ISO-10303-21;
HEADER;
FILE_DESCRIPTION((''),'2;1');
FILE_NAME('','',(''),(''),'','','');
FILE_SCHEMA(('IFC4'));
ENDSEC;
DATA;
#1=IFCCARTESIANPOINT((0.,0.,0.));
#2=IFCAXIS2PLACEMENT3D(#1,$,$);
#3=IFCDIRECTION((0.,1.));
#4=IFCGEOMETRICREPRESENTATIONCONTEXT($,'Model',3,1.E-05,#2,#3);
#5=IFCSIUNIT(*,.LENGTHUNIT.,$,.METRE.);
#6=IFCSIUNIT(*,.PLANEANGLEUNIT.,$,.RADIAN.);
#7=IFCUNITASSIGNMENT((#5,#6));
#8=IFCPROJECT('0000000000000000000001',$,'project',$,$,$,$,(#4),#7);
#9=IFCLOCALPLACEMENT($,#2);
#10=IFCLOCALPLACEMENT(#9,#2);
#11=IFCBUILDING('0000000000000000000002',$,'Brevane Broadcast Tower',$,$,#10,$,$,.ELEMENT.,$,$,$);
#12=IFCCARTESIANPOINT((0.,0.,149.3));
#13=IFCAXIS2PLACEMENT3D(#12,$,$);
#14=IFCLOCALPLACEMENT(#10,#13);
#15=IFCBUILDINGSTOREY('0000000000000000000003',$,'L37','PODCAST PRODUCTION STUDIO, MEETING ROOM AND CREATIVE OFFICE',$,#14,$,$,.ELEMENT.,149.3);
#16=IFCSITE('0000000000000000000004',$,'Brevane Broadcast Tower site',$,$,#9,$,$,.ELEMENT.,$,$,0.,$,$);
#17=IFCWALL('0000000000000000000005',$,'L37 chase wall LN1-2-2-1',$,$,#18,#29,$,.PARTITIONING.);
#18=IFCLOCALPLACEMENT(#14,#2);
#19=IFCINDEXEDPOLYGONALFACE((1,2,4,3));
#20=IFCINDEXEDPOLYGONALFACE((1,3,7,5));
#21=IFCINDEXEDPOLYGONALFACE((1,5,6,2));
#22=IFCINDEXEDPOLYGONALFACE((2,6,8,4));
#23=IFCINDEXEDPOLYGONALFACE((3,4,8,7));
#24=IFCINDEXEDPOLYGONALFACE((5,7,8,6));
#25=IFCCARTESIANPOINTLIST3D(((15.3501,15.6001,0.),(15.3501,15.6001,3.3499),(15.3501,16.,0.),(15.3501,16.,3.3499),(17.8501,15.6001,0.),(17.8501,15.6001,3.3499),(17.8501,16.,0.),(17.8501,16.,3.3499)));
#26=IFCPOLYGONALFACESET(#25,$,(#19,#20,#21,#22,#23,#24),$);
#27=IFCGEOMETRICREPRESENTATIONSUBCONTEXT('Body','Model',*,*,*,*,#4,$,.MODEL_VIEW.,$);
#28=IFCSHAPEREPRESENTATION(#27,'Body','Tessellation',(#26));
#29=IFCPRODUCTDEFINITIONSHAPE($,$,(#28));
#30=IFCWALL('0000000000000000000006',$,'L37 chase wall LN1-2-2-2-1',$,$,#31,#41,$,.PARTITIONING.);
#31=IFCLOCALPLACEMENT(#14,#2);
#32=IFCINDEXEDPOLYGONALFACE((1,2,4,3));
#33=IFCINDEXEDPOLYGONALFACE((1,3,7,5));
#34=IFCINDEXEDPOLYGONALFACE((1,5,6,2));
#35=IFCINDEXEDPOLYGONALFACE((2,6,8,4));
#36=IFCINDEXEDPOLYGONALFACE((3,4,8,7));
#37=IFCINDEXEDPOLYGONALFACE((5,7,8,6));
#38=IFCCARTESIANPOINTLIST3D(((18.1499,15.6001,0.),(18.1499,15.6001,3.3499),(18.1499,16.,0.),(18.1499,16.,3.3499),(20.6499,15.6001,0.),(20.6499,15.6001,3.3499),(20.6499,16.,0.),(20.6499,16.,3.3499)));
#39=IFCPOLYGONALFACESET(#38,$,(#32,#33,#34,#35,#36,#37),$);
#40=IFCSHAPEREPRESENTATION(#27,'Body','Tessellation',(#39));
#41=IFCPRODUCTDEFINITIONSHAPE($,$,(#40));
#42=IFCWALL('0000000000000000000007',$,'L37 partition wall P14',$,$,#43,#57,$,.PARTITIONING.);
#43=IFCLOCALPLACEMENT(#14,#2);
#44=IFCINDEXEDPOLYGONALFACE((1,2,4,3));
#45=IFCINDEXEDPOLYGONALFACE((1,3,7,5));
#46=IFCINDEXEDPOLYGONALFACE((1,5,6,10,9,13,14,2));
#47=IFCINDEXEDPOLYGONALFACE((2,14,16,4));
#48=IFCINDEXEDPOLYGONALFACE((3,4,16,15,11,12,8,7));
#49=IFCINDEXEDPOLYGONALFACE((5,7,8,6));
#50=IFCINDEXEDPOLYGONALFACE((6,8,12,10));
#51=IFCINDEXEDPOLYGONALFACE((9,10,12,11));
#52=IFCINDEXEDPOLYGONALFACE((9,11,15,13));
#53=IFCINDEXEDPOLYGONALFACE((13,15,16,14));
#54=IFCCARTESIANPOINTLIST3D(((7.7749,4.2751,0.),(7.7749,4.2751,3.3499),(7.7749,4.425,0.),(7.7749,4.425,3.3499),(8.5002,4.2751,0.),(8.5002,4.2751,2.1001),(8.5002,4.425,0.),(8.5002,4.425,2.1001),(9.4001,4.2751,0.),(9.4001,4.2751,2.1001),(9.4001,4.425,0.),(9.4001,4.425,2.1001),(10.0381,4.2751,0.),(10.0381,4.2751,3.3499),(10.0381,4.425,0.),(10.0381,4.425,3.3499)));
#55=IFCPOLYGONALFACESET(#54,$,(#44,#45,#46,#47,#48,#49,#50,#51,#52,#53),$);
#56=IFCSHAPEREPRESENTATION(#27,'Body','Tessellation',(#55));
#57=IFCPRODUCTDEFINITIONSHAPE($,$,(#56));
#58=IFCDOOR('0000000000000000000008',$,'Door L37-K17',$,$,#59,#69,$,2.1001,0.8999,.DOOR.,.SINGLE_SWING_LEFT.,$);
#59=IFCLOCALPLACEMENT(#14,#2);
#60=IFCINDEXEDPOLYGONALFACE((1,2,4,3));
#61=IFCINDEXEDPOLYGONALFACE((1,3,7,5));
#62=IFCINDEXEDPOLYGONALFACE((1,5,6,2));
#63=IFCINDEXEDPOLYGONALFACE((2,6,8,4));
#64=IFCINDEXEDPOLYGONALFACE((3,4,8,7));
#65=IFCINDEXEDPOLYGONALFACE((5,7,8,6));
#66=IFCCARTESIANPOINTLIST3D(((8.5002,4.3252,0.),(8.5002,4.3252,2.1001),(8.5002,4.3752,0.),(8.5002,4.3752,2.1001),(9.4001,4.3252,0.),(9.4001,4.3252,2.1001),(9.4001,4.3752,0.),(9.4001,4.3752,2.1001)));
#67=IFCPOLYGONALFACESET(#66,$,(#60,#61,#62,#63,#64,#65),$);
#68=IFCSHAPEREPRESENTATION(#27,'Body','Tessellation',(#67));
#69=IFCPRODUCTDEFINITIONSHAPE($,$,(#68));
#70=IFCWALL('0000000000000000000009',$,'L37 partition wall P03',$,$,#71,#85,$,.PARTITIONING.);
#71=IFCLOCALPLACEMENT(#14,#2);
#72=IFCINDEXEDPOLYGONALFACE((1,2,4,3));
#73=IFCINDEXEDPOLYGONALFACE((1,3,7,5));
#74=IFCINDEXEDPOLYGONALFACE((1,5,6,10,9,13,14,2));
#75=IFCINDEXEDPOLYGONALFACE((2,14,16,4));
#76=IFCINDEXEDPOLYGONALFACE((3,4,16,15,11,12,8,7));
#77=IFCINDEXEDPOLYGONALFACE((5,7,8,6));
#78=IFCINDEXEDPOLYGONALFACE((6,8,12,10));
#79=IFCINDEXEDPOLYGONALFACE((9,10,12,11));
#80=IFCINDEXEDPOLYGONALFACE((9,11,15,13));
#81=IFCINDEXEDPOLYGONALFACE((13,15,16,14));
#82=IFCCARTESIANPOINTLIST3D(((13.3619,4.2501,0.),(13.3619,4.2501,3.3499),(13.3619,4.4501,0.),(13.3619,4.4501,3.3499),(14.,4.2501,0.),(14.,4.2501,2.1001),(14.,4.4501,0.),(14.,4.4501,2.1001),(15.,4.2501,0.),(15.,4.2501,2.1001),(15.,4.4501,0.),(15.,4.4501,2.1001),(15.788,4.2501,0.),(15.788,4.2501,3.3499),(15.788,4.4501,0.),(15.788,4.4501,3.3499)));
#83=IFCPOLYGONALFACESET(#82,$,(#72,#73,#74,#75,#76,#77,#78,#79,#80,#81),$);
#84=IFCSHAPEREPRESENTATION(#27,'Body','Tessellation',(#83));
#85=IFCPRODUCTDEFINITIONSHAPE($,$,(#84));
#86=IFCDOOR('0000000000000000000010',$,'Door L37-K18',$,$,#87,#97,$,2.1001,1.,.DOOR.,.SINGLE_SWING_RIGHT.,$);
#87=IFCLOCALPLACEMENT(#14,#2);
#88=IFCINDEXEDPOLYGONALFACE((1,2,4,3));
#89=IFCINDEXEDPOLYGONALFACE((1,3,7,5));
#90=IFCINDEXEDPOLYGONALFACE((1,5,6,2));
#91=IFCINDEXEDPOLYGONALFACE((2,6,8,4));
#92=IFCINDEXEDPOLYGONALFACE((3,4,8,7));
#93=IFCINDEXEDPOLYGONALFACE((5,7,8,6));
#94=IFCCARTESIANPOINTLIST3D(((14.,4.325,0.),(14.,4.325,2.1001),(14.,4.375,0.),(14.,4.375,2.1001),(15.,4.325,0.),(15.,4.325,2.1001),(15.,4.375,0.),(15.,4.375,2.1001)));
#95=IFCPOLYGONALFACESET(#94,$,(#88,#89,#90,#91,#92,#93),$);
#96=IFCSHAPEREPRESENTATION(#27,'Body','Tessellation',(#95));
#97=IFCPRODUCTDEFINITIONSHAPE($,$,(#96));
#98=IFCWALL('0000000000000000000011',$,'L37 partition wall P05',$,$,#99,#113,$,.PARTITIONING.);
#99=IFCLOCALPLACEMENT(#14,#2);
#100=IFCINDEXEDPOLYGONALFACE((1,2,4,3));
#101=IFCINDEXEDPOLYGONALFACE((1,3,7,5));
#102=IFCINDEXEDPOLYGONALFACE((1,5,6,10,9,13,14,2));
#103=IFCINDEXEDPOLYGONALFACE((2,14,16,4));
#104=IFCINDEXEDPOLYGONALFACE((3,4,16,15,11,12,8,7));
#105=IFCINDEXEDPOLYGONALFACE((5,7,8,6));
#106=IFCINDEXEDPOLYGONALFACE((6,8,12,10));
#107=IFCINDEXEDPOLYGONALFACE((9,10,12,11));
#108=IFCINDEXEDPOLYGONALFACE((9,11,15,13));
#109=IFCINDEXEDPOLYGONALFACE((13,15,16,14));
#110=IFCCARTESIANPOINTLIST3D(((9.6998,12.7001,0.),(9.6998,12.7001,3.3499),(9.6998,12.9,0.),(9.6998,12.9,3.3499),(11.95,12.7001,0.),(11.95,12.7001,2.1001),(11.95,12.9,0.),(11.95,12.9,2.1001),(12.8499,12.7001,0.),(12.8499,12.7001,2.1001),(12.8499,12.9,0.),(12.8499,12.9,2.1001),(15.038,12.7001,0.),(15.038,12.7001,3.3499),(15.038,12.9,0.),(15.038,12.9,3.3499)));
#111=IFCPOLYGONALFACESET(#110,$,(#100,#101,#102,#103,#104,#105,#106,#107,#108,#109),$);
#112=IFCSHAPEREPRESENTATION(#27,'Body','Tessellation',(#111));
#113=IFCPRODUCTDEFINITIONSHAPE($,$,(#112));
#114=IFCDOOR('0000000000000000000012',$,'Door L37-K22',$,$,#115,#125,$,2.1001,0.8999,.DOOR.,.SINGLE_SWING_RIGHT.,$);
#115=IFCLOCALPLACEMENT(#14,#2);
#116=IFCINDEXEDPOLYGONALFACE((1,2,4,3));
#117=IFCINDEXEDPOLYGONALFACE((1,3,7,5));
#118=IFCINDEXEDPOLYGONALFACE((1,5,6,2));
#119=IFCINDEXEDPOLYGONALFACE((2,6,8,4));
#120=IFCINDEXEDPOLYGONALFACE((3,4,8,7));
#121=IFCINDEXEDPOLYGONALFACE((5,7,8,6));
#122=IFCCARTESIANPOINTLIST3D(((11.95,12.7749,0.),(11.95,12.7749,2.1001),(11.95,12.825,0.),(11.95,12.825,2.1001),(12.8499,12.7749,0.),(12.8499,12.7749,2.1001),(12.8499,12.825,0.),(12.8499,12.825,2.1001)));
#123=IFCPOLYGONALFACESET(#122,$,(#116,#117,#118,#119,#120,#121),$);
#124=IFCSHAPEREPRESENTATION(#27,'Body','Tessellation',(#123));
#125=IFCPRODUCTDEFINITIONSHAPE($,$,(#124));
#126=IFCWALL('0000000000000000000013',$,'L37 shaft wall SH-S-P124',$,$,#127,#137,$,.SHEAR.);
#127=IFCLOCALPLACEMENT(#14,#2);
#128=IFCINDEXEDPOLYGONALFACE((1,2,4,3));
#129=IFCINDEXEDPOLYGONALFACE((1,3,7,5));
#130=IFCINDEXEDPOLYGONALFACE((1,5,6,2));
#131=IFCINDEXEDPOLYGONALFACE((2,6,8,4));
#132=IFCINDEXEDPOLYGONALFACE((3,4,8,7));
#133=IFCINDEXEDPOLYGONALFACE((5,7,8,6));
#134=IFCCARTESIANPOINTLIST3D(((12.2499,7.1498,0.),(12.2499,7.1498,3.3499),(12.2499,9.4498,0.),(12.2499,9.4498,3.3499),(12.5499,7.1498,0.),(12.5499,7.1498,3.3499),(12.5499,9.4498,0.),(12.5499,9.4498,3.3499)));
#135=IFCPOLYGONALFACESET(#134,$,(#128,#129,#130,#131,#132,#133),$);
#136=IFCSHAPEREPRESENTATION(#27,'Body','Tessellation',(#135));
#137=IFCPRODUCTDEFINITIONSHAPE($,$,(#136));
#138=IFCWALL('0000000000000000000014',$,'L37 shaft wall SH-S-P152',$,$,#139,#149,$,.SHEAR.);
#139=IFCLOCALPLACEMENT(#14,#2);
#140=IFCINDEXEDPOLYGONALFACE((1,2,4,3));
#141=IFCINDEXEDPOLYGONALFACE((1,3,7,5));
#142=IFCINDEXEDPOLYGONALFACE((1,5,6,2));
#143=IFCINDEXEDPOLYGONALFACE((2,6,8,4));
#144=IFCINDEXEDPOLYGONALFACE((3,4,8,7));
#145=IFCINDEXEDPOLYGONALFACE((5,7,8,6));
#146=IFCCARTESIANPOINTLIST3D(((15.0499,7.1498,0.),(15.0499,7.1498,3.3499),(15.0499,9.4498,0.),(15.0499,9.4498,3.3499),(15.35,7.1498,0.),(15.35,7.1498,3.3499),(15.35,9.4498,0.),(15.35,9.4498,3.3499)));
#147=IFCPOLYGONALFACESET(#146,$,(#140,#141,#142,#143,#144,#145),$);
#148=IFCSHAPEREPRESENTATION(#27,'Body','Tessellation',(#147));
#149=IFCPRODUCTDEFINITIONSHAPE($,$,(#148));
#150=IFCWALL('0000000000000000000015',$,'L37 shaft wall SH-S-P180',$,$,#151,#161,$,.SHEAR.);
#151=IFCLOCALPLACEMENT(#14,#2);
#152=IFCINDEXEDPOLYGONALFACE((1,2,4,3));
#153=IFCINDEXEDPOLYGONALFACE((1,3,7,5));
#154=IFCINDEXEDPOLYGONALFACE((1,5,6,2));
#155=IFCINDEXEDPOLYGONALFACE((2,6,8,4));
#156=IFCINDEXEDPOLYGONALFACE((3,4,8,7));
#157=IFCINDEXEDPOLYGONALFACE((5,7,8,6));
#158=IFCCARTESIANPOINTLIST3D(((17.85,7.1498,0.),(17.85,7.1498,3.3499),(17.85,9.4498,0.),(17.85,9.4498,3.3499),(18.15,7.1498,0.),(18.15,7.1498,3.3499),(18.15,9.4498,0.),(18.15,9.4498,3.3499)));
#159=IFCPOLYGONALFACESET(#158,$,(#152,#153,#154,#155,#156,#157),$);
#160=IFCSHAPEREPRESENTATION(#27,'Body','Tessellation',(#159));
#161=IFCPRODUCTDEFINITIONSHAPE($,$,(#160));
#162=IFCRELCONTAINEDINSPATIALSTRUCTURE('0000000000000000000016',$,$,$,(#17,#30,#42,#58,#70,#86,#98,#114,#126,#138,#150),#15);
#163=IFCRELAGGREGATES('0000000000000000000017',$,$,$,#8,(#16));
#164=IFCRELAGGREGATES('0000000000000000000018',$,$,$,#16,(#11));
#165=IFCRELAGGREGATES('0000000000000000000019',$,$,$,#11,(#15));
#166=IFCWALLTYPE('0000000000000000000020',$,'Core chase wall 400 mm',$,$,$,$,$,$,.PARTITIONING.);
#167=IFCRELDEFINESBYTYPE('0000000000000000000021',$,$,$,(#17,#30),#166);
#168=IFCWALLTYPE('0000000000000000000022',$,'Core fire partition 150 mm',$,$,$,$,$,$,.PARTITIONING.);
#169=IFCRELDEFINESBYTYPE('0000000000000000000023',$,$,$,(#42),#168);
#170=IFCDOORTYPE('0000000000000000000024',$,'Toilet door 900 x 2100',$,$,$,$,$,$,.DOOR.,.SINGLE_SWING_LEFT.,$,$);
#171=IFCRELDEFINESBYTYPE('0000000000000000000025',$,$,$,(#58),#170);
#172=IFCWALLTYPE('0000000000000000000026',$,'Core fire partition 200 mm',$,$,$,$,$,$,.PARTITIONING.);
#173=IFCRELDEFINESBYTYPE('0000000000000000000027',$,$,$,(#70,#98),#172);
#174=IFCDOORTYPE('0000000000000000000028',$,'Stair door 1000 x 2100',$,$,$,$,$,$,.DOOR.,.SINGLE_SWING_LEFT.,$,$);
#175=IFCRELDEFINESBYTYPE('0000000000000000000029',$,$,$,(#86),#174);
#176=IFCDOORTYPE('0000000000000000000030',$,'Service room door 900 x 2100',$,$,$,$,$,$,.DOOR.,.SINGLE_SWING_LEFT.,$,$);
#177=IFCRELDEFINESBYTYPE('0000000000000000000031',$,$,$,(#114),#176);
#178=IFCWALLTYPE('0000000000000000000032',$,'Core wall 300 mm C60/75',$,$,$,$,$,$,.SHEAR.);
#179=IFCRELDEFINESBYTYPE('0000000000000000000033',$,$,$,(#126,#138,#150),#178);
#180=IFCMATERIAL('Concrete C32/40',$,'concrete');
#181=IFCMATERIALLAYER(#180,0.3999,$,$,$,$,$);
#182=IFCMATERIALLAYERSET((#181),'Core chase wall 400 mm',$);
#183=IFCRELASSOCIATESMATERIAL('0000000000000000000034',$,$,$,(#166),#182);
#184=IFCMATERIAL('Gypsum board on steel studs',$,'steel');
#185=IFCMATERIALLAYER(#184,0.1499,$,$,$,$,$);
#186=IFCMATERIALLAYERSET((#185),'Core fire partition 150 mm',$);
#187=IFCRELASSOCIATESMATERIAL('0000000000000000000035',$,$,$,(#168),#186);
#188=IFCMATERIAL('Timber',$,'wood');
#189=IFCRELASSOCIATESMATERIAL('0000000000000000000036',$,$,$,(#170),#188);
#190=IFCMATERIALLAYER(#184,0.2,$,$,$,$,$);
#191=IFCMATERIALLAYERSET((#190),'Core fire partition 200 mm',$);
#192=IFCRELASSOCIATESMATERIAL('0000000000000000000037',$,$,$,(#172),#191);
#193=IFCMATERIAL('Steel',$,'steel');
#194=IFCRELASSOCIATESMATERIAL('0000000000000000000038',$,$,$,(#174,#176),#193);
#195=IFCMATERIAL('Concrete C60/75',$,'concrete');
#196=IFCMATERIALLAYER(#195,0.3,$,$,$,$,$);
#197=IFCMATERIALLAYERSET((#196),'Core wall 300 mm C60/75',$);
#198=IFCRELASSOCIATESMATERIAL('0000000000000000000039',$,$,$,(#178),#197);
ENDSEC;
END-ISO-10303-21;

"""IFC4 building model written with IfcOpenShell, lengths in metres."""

from ifc_helpers import new_model, si_unit, direction, frame, frame_2d, origin, place, context, subcontext, project, spatial, rectangle, extrude, material, layer, layer_set, type_object, element, fill, save


model = new_model("IFC4")

# Units and contexts
model_context = context("Model", 3, precision=1e-05, world=origin(), true_north=direction((0.0, 1.0)))
body_context = subcontext(model_context, "Body", "Model", "MODEL_VIEW")
ifc_project = project(units=[si_unit("LENGTHUNIT", "METRE"), si_unit("PLANEANGLEUNIT", "RADIAN")], contexts=[model_context])

# Site, building, storey
site_placement = place(None, origin())
site = spatial("IfcSite", under=ifc_project, at=site_placement, Name="Brevane Broadcast Tower site", CompositionType="ELEMENT", RefElevation=0.0)
building_placement = place(site_placement, origin())
building = spatial("IfcBuilding", under=site, at=building_placement, Name="Brevane Broadcast Tower", CompositionType="ELEMENT")
storey_placement = place(building_placement, frame((0.0, 0.0, 149.3)))
storey = spatial("IfcBuildingStorey", under=building, at=storey_placement, Name="L37", Description="PODCAST PRODUCTION STUDIO, MEETING ROOM AND CREATIVE OFFICE", CompositionType="ELEMENT", Elevation=149.3)

# Walls
ifc_material_1 = material(Name="Concrete C32/40", Category="concrete")
ifc_layer_1 = layer(ifc_material_1, 0.3999)
ifc_layer_set_1 = layer_set([ifc_layer_1], Name="Core chase wall 400 mm")
wall_type_1 = type_object("IfcWallType", Name="Core chase wall 400 mm", PredefinedType="PARTITIONING", material=ifc_layer_set_1)
for number, where, z_axis, x_axis, name in (
    (1, (15.3501, 15.8, 0.0), (0.0, 0.0, 1.0), (1.0, 0.0, 0.0), "L37 chase wall LN1-2-2-1"),
    (2, (18.1499, 15.8, 0.0), (0.0, 0.0, 1.0), (1.0, 0.0, 0.0), "L37 chase wall LN1-2-2-2-1"),
):
    element("IfcWall", number, at=place(storey_placement, frame(where, z_axis=z_axis, x_axis=x_axis)), inside=storey, type_object=wall_type_1, Name=name, PredefinedType="PARTITIONING", context=body_context, shape_type="SweptSolid", body=[
        extrude(rectangle(XDim=2.5, YDim=0.3999, at=frame_2d((1.25, 0.0))), origin(), (0.0, 0.0, 1.0), 3.3499),
    ])

# Walls, openings, doors
ifc_material_2 = material(Name="Gypsum board on steel studs", Category="steel")
ifc_layer_2 = layer(ifc_material_2, 0.1499)
ifc_layer_set_2 = layer_set([ifc_layer_2], Name="Core fire partition 150 mm")
wall_type_2 = type_object("IfcWallType", Name="Core fire partition 150 mm", PredefinedType="PARTITIONING", material=ifc_layer_set_2)
wall_1_placement = place(storey_placement, frame((10.0381, 4.3501, 0.0), z_axis=(0.0, 0.0, 1.0), x_axis=(-1.0, 0.0, 0.0)))
wall_1 = element("IfcWall", 3, at=wall_1_placement, inside=storey, type_object=wall_type_2, Name="L37 partition wall P14", PredefinedType="PARTITIONING", context=body_context, shape_type="SweptSolid", body=[
    extrude(rectangle(XDim=2.2632, YDim=0.1499, at=frame_2d((1.1316, 0.0))), origin(), (0.0, 0.0, 1.0), 3.3499),
])
opening_1_placement = place(wall_1_placement, frame((0.6379, 0.0, 0.0)))
opening_1 = element("IfcOpeningElement", 4, at=opening_1_placement, cuts=wall_1, PredefinedType="OPENING", context=body_context, shape_type="SweptSolid", body=[
    extrude(rectangle(XDim=0.8999, YDim=2.1001, at=frame_2d((0.45, 1.05))), frame((0.0, 0.085, 0.0), z_axis=(0.0, -1.0, 0.0), x_axis=(1.0, 0.0, 0.0)), (0.0, 0.0, 1.0), 0.1699),
])
ifc_material_3 = material(Name="Timber", Category="wood")
door_type_1 = type_object("IfcDoorType", Name="Toilet door 900 x 2100", OperationType="SINGLE_SWING_LEFT", PredefinedType="DOOR", material=ifc_material_3)
door_1_placement = place(opening_1_placement, origin())
door_1 = element("IfcDoor", 5, at=door_1_placement, inside=storey, type_object=door_type_1, Name="Door L37-K17", OperationType="SINGLE_SWING_LEFT", OverallHeight=2.1001, OverallWidth=0.8999, PredefinedType="DOOR", context=body_context, shape_type="SweptSolid", body=[
    extrude(rectangle(XDim=0.8999, YDim=2.1001, at=frame_2d((0.45, 1.05))), frame((0.0, 0.0249, 0.0), z_axis=(0.0, -1.0, 0.0), x_axis=(1.0, 0.0, 0.0)), (0.0, 0.0, 1.0), 0.05),
])
fill(opening_1, door_1)
ifc_layer_3 = layer(ifc_material_2, 0.2)
ifc_layer_set_3 = layer_set([ifc_layer_3], Name="Core fire partition 200 mm")
wall_type_3 = type_object("IfcWallType", Name="Core fire partition 200 mm", PredefinedType="PARTITIONING", material=ifc_layer_set_3)
wall_2_placement = place(storey_placement, frame((13.3621, 4.3501, 0.0), z_axis=(0.0, 0.0, 1.0), x_axis=(1.0, 0.0, 0.0)))
wall_2 = element("IfcWall", 6, at=wall_2_placement, inside=storey, type_object=wall_type_3, Name="L37 partition wall P03", PredefinedType="PARTITIONING", context=body_context, shape_type="SweptSolid", body=[
    extrude(rectangle(XDim=2.426, YDim=0.2, at=frame_2d((1.2129, 0.0))), origin(), (0.0, 0.0, 1.0), 3.3499),
])
opening_2_placement = place(wall_2_placement, frame((0.6379, 0.0, 0.0)))
opening_2 = element("IfcOpeningElement", 7, at=opening_2_placement, cuts=wall_2, PredefinedType="OPENING", context=body_context, shape_type="SweptSolid", body=[
    extrude(rectangle(XDim=1.0, YDim=2.1001, at=frame_2d((0.5, 1.05))), frame((0.0, 0.1099, 0.0), z_axis=(0.0, -1.0, 0.0), x_axis=(1.0, 0.0, 0.0)), (0.0, 0.0, 1.0), 0.22),
])
ifc_material_4 = material(Name="Steel", Category="steel")
door_type_2 = type_object("IfcDoorType", Name="Stair door 1000 x 2100", OperationType="SINGLE_SWING_LEFT", PredefinedType="DOOR", material=ifc_material_4)
door_2_placement = place(opening_2_placement, origin())
door_2 = element("IfcDoor", 8, at=door_2_placement, inside=storey, type_object=door_type_2, Name="Door L37-K18", OperationType="SINGLE_SWING_RIGHT", OverallHeight=2.1001, OverallWidth=1.0, PredefinedType="DOOR", context=body_context, shape_type="SweptSolid", body=[
    extrude(rectangle(XDim=1.0, YDim=2.1001, at=frame_2d((0.5, 1.05))), frame((0.0, 0.0249, 0.0), z_axis=(0.0, -1.0, 0.0), x_axis=(1.0, 0.0, 0.0)), (0.0, 0.0, 1.0), 0.05),
])
fill(opening_2, door_2)
wall_3_placement = place(storey_placement, frame((9.7, 12.8, 0.0), z_axis=(0.0, 0.0, 1.0), x_axis=(1.0, 0.0, 0.0)))
wall_3 = element("IfcWall", 9, at=wall_3_placement, inside=storey, type_object=wall_type_3, Name="L37 partition wall P05", PredefinedType="PARTITIONING", context=body_context, shape_type="SweptSolid", body=[
    extrude(rectangle(XDim=5.3381, YDim=0.2, at=frame_2d((2.6689, 0.0))), origin(), (0.0, 0.0, 1.0), 3.3499),
])
opening_3_placement = place(wall_3_placement, frame((2.25, 0.0, 0.0)))
opening_3 = element("IfcOpeningElement", 10, at=opening_3_placement, cuts=wall_3, PredefinedType="OPENING", context=body_context, shape_type="SweptSolid", body=[
    extrude(rectangle(XDim=0.8999, YDim=2.1001, at=frame_2d((0.45, 1.05))), frame((0.0, 0.1099, 0.0), z_axis=(0.0, -1.0, 0.0), x_axis=(1.0, 0.0, 0.0)), (0.0, 0.0, 1.0), 0.22),
])
door_type_3 = type_object("IfcDoorType", Name="Service room door 900 x 2100", OperationType="SINGLE_SWING_LEFT", PredefinedType="DOOR", material=ifc_material_4)
door_3_placement = place(opening_3_placement, origin())
door_3 = element("IfcDoor", 11, at=door_3_placement, inside=storey, type_object=door_type_3, Name="Door L37-K22", OperationType="SINGLE_SWING_RIGHT", OverallHeight=2.1001, OverallWidth=0.8999, PredefinedType="DOOR", context=body_context, shape_type="SweptSolid", body=[
    extrude(rectangle(XDim=0.8999, YDim=2.1001, at=frame_2d((0.45, 1.05))), frame((0.0, 0.0249, 0.0), z_axis=(0.0, -1.0, 0.0), x_axis=(1.0, 0.0, 0.0)), (0.0, 0.0, 1.0), 0.05),
])
fill(opening_3, door_3)

# Walls
ifc_material_5 = material(Name="Concrete C60/75", Category="concrete")
ifc_layer_4 = layer(ifc_material_5, 0.3)
ifc_layer_set_4 = layer_set([ifc_layer_4], Name="Core wall 300 mm C60/75")
wall_type_4 = type_object("IfcWallType", Name="Core wall 300 mm C60/75", PredefinedType="SHEAR", material=ifc_layer_set_4)
for number, where, z_axis, x_axis, name in (
    (12, (12.3999, 7.1499, 0.0), (0.0, 0.0, 1.0), (0.0, 1.0, 0.0), "L37 shaft wall SH-S-P124"),
    (13, (15.2, 7.1499, 0.0), (0.0, 0.0, 1.0), (0.0, 1.0, 0.0), "L37 shaft wall SH-S-P152"),
    (14, (18.0, 7.1499, 0.0), (0.0, 0.0, 1.0), (0.0, 1.0, 0.0), "L37 shaft wall SH-S-P180"),
):
    element("IfcWall", number, at=place(storey_placement, frame(where, z_axis=z_axis, x_axis=x_axis)), inside=storey, type_object=wall_type_4, Name=name, PredefinedType="SHEAR", context=body_context, shape_type="SweptSolid", body=[
        extrude(rectangle(XDim=2.3, YDim=0.3, at=frame_2d((1.1499, 0.0))), origin(), (0.0, 0.0, 1.0), 3.3499),
    ])

save(model, "model.ifc")
